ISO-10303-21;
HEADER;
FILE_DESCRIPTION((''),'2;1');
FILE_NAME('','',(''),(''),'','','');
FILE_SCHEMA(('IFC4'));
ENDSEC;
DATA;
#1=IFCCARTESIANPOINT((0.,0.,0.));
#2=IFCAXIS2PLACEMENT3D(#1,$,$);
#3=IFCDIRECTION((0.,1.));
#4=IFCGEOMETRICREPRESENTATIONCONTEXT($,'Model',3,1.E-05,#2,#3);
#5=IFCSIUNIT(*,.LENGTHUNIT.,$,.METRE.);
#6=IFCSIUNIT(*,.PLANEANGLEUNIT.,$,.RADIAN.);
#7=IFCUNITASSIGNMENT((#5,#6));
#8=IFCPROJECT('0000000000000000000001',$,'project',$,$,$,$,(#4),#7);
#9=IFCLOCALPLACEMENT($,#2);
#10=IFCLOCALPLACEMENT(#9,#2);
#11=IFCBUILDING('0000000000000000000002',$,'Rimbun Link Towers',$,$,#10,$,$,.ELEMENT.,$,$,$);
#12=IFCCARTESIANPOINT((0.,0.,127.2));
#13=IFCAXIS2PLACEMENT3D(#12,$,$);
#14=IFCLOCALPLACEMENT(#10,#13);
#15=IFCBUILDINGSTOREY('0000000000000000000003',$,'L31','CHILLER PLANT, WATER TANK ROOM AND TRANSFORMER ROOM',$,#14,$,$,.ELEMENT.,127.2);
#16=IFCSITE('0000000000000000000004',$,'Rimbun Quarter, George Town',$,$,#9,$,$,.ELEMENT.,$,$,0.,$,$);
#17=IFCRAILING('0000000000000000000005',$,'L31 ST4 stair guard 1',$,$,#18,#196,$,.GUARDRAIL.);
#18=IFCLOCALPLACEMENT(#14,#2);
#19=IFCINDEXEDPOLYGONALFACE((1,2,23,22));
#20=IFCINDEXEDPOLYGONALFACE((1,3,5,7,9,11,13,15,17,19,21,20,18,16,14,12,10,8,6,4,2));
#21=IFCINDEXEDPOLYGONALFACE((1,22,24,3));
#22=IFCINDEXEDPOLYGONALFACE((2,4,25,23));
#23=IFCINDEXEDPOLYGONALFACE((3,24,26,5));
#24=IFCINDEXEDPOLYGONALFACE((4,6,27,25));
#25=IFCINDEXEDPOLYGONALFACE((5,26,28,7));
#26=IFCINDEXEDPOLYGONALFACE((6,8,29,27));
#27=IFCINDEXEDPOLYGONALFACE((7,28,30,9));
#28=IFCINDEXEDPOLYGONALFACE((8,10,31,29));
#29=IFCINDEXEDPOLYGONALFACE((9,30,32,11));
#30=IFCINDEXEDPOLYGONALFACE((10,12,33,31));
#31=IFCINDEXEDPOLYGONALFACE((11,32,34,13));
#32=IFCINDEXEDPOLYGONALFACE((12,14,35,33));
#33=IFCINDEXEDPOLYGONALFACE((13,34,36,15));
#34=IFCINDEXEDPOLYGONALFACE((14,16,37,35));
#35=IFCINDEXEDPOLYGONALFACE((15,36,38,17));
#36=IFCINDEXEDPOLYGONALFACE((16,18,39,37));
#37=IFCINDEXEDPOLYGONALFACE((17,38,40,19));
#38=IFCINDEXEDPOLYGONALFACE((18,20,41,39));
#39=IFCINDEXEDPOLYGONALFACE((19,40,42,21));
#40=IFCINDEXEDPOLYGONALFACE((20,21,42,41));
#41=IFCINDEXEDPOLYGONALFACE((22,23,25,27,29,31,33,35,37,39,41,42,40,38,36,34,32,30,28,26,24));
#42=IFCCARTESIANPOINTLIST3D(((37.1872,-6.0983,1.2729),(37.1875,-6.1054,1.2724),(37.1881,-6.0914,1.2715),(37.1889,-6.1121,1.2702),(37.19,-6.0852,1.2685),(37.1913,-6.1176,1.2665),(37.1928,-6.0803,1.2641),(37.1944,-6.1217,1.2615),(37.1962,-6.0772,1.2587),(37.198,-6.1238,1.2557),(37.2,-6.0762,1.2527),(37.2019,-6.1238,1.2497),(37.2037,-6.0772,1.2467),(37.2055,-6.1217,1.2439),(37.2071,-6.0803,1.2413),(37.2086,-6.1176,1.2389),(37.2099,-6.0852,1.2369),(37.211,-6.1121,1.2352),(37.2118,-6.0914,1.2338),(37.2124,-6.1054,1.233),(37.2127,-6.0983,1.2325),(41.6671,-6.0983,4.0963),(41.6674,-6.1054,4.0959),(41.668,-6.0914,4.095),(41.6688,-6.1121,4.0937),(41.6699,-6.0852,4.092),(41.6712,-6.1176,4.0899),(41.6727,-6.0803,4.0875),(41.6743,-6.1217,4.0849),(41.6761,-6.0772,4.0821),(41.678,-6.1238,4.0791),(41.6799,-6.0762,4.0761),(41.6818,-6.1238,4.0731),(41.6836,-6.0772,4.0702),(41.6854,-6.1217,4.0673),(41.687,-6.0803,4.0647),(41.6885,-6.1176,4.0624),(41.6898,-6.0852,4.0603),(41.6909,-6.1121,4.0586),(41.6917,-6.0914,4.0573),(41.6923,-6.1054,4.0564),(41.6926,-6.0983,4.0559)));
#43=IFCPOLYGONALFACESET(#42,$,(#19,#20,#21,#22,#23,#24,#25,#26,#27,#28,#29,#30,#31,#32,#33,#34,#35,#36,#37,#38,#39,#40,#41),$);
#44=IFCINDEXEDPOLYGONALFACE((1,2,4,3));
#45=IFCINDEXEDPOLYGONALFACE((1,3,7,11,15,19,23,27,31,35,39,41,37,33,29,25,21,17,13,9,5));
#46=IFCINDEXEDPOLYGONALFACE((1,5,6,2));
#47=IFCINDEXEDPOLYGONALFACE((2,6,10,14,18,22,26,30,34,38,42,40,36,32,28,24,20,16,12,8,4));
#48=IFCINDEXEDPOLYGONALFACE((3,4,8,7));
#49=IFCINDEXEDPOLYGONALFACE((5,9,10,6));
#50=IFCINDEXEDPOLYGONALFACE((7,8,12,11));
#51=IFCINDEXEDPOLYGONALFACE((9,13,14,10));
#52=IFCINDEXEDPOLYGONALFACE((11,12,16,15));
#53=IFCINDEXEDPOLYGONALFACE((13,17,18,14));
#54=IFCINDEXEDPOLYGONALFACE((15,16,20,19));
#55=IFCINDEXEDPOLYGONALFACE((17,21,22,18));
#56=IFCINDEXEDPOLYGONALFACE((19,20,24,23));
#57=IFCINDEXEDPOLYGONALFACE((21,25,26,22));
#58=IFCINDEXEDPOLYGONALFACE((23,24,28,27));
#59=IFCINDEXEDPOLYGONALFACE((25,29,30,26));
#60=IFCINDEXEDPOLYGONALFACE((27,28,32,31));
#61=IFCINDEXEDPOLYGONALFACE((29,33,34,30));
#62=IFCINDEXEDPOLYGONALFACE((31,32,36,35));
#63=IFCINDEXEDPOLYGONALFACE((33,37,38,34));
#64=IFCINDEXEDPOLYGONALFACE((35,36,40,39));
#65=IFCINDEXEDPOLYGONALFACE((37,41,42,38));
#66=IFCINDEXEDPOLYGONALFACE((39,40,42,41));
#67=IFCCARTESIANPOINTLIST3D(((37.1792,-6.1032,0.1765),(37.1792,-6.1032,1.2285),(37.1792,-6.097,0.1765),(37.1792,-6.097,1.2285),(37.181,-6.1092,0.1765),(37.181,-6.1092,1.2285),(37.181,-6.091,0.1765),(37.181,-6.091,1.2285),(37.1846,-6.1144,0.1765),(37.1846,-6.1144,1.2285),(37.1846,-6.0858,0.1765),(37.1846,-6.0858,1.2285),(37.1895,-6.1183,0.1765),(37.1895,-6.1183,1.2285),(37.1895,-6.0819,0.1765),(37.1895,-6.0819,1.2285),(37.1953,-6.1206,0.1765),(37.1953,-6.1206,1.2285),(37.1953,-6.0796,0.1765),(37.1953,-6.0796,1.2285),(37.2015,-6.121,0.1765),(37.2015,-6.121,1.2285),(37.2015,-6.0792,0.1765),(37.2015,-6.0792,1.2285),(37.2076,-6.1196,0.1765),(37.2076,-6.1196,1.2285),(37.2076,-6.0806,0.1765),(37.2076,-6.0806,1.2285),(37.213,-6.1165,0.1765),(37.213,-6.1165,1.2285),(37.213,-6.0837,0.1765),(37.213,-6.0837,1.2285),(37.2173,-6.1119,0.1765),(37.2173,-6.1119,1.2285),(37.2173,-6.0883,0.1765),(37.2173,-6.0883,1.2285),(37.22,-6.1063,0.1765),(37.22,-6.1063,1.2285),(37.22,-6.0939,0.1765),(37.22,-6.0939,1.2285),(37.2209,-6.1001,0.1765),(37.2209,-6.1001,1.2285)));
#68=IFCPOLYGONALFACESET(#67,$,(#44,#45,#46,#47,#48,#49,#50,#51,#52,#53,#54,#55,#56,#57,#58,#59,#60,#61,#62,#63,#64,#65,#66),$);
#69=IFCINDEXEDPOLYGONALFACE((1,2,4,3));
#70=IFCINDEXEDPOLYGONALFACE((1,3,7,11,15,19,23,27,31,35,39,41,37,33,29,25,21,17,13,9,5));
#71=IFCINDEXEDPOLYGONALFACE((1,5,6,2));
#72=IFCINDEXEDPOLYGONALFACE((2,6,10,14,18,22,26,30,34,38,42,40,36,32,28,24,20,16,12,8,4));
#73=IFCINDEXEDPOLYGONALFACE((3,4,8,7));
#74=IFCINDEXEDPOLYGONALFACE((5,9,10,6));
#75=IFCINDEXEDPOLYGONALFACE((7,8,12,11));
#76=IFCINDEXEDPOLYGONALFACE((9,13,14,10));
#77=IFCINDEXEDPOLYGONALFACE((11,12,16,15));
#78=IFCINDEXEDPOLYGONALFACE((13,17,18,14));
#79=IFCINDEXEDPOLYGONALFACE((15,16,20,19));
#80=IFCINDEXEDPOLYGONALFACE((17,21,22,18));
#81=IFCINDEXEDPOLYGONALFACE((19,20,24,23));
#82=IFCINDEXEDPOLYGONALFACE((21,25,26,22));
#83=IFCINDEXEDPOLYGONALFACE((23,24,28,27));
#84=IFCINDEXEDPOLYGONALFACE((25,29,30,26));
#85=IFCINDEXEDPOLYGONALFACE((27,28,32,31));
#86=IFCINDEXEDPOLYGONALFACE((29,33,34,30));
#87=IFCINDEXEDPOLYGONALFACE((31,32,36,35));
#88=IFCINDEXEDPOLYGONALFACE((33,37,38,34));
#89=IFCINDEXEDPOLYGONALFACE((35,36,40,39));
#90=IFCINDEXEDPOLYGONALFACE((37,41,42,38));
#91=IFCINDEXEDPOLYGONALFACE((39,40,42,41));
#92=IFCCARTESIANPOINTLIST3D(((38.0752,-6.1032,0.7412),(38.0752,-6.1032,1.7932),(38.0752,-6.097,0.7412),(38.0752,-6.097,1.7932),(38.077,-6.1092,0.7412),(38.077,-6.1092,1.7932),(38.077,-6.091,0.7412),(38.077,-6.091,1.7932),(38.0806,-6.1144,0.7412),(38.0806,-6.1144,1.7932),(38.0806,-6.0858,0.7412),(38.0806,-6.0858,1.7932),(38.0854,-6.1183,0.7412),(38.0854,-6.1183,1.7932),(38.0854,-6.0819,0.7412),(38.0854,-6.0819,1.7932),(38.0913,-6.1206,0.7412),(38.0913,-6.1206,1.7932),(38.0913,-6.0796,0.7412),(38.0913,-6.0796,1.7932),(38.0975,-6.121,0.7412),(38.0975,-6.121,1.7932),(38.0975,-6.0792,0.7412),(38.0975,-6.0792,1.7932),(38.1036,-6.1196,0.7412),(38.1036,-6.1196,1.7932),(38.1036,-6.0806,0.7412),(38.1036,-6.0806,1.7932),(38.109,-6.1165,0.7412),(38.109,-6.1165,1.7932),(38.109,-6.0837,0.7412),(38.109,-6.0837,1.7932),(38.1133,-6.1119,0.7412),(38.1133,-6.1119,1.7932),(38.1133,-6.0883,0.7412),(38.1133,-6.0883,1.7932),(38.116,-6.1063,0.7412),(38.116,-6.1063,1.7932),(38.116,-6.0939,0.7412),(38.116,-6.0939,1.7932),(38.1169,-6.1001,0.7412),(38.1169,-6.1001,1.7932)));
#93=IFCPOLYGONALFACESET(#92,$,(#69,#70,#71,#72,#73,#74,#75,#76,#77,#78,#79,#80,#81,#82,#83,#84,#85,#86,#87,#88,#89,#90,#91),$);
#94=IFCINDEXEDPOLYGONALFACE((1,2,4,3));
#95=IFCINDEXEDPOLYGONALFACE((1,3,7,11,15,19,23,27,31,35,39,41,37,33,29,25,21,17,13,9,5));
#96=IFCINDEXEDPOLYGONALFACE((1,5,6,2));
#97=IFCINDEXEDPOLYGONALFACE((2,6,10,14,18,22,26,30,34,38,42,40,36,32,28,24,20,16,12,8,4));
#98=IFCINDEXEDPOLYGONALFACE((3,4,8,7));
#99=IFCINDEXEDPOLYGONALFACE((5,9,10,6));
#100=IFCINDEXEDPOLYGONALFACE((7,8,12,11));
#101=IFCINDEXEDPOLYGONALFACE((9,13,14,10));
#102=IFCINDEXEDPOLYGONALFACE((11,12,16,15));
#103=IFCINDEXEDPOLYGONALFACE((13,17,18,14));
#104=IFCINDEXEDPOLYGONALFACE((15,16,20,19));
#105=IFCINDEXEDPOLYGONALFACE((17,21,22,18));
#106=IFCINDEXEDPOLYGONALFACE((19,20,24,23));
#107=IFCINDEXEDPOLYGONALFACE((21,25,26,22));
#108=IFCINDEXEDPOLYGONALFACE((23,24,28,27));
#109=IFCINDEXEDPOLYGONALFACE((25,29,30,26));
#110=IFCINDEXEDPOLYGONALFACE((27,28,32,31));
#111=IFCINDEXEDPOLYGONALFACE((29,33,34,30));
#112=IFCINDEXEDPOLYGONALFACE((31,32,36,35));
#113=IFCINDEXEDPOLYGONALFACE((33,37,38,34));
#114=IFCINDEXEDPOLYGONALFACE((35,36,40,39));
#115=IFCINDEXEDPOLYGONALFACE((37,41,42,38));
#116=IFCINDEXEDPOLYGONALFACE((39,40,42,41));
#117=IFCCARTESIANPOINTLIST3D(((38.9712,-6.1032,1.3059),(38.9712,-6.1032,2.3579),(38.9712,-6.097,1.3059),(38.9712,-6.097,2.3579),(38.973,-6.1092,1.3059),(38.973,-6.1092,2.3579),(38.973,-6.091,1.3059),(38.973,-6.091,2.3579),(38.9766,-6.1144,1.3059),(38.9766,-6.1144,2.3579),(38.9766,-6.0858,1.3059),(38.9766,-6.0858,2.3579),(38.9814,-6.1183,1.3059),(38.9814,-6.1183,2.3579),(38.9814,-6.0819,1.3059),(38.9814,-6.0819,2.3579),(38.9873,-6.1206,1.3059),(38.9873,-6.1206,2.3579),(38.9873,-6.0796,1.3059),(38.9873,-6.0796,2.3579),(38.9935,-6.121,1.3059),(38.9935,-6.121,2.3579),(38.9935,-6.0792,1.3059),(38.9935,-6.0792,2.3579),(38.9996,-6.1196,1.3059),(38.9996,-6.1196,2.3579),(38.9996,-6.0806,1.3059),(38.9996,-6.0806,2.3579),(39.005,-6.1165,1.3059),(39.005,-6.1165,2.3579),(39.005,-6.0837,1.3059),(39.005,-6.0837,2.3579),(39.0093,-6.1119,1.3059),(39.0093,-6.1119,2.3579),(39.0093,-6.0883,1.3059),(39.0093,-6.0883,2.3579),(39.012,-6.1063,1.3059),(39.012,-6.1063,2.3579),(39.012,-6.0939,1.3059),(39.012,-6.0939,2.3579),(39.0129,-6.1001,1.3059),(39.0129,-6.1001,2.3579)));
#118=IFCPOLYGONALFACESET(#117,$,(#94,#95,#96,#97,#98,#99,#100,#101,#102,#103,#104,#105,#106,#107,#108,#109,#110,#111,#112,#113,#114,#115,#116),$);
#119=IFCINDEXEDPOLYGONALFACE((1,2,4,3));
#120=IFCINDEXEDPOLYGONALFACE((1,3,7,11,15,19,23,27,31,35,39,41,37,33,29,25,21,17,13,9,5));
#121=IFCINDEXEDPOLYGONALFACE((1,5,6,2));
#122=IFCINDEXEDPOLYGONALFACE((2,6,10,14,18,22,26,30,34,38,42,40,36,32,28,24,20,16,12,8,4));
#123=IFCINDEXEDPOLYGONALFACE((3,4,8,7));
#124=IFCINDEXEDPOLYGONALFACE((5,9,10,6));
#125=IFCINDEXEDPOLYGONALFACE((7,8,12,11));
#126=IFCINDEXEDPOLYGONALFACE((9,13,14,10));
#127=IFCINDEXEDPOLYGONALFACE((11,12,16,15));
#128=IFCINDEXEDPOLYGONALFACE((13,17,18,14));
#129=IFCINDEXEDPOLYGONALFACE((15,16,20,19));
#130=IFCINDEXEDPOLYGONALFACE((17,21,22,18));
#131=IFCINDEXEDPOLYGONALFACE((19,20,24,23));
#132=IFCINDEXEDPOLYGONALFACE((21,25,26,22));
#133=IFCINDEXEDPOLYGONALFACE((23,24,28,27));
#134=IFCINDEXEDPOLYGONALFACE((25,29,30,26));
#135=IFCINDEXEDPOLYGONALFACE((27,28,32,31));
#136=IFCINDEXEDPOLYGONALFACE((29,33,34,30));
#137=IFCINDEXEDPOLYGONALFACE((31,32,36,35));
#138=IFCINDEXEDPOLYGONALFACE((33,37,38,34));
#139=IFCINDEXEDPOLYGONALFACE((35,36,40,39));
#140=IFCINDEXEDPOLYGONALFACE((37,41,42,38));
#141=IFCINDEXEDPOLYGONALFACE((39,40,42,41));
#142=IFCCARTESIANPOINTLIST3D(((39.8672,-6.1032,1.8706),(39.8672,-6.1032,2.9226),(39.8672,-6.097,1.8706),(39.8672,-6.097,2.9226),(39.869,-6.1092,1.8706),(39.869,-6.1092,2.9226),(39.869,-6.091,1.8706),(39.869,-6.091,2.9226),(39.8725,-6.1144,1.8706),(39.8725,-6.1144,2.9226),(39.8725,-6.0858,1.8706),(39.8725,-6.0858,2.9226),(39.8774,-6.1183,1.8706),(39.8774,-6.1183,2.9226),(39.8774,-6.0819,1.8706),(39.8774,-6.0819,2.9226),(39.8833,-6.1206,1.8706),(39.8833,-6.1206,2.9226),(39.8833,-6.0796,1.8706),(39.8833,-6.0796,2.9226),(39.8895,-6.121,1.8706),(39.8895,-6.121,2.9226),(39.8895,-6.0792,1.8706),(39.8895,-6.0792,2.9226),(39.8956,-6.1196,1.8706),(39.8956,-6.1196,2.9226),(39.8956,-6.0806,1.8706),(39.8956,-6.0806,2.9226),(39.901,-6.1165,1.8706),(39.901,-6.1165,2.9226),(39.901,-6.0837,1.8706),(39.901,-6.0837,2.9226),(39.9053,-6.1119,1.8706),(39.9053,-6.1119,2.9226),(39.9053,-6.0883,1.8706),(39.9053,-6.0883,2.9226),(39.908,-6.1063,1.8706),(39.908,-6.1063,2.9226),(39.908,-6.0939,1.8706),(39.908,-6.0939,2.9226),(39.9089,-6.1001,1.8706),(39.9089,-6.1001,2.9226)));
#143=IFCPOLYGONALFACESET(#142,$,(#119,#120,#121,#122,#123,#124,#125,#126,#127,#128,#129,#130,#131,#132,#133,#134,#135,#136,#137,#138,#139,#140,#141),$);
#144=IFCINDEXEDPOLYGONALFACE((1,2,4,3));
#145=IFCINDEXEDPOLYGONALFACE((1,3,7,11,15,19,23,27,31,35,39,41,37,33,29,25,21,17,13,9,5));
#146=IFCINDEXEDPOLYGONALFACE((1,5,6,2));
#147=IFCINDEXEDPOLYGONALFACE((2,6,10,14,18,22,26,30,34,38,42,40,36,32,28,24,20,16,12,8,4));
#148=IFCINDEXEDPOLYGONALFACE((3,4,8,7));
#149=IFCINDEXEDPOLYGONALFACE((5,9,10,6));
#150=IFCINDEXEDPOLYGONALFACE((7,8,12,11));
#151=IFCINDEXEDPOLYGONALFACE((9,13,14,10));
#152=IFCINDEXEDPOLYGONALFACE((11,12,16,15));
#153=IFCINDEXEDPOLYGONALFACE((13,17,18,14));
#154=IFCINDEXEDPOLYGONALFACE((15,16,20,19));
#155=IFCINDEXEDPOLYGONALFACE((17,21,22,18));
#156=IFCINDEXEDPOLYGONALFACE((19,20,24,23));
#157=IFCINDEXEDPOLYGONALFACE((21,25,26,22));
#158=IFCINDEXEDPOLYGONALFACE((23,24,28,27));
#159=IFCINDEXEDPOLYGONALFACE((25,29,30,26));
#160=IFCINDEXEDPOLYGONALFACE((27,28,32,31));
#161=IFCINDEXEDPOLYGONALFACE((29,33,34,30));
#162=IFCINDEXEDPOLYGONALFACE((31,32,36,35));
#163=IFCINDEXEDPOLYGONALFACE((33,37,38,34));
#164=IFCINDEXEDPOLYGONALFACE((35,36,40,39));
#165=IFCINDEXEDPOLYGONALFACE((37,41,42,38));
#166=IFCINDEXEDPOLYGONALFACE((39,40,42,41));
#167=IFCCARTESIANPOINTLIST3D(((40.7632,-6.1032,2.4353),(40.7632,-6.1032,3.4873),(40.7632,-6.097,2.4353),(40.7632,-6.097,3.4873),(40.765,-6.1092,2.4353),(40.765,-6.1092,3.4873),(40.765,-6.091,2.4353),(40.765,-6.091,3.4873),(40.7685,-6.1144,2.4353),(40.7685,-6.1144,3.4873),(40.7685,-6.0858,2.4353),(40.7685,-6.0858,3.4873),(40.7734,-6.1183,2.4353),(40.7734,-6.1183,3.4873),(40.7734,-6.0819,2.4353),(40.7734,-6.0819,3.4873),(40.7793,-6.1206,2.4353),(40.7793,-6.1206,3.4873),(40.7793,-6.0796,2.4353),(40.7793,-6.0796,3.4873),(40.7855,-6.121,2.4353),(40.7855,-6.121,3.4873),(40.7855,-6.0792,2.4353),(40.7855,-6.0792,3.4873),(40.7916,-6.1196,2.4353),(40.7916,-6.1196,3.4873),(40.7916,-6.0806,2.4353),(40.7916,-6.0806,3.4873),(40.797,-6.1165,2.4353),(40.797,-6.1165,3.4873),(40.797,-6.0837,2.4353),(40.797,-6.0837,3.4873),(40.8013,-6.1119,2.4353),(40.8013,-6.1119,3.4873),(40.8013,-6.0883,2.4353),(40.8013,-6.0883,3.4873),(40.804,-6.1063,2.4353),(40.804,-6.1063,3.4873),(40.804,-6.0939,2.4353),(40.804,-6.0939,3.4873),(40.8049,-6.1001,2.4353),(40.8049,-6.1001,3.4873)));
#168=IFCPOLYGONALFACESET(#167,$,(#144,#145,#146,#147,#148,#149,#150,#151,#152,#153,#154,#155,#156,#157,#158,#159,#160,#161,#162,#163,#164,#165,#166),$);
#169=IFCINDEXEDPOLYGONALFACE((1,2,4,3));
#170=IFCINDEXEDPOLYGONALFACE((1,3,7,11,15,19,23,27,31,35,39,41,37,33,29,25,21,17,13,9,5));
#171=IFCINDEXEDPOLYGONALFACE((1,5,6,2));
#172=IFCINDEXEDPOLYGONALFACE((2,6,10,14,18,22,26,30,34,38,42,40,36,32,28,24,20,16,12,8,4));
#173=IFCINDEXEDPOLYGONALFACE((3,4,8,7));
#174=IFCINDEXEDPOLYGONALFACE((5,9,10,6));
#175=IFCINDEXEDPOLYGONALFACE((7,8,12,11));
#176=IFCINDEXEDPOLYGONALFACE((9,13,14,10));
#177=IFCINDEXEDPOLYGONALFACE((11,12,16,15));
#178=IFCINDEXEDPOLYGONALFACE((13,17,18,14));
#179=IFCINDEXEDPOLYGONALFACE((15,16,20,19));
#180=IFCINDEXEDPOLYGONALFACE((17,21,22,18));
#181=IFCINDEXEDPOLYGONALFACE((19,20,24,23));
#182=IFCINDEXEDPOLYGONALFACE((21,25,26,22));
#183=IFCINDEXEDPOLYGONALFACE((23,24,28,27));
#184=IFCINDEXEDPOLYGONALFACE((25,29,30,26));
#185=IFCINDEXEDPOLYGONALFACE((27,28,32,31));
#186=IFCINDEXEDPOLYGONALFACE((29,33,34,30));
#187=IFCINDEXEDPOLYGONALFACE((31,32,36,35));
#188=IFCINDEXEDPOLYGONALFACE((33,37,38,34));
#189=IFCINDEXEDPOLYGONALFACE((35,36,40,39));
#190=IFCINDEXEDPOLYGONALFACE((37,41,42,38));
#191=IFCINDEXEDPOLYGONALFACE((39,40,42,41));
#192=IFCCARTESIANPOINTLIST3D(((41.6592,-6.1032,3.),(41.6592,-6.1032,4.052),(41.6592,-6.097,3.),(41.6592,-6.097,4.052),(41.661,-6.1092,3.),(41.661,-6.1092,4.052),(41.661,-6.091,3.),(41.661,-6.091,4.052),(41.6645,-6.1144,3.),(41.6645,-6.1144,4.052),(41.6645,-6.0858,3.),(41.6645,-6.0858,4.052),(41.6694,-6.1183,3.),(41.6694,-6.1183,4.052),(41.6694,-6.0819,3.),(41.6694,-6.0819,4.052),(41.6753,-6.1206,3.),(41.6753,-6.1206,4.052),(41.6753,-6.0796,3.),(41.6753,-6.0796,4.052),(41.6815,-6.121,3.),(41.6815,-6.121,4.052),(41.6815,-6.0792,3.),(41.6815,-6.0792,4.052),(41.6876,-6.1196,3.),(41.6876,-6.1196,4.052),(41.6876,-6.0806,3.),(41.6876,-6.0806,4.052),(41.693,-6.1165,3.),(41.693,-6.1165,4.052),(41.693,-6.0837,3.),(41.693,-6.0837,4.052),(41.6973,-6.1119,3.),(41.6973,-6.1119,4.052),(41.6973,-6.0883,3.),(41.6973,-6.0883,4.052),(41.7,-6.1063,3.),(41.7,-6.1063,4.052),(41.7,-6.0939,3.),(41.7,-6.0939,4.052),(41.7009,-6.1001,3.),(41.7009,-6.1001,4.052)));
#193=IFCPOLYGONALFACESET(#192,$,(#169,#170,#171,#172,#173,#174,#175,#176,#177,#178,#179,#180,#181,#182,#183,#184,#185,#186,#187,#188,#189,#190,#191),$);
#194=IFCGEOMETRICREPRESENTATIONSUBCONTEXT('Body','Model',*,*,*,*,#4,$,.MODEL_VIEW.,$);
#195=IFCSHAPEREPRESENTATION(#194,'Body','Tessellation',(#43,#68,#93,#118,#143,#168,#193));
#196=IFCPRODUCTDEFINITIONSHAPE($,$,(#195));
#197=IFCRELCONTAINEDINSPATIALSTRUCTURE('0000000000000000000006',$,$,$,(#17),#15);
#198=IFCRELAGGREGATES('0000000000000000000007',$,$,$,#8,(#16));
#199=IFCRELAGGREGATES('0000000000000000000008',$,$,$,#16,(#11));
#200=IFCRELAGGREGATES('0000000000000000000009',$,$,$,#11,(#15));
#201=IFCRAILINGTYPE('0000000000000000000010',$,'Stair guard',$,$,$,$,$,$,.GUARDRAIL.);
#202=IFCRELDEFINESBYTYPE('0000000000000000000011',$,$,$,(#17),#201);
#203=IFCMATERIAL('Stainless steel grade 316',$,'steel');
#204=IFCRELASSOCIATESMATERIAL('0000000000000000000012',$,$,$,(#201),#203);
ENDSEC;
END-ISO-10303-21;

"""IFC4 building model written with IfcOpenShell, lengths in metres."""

from ifc_helpers import new_model, si_unit, direction, frame, origin, origin_2d, place, context, subcontext, project, spatial, circle, extrude, material, type_object, element, save


model = new_model("IFC4")

# Units and contexts
model_context = context("Model", 3, precision=1e-05, world=origin(), true_north=direction((0.0, 1.0)))
body_context = subcontext(model_context, "Body", "Model", "MODEL_VIEW")
ifc_project = project(units=[si_unit("LENGTHUNIT", "METRE"), si_unit("PLANEANGLEUNIT", "RADIAN")], contexts=[model_context])

# Site, building, storey
site_placement = place(None, origin())
site = spatial("IfcSite", under=ifc_project, at=site_placement, Name="Rimbun Quarter, George Town", CompositionType="ELEMENT", RefElevation=0.0)
building_placement = place(site_placement, origin())
building = spatial("IfcBuilding", under=site, at=building_placement, Name="Rimbun Link Towers", CompositionType="ELEMENT")
storey_placement = place(building_placement, frame((0.0, 0.0, 127.2)))
storey = spatial("IfcBuildingStorey", under=building, at=storey_placement, Name="L31", Description="CHILLER PLANT, WATER TANK ROOM AND TRANSFORMER ROOM", CompositionType="ELEMENT", Elevation=127.2)

# Railing
ifc_material_1 = material(Name="Stainless steel grade 316", Category="steel")
railing_type_1 = type_object("IfcRailingType", Name="Stair guard", PredefinedType="GUARDRAIL", material=ifc_material_1)
railing_1_placement = place(storey_placement, frame((37.2, -6.1001, 0.1765)))
element("IfcRailing", 1, at=railing_1_placement, inside=storey, type_object=railing_type_1, Name="L31 ST4 stair guard 1", PredefinedType="GUARDRAIL", context=body_context, shape_type="SweptSolid", body=[
    extrude(circle(Radius=0.0239, at=origin_2d()), frame((0.0, 0.0, 1.0762), z_axis=(0.845998, 0.0, 0.533186), x_axis=(0.0, 1.0, 0.0)), (0.0, 0.0, 1.0), 5.2954),
    extrude(circle(Radius=0.021, at=origin_2d()), origin(), (0.0, 0.0, 1.0), 1.052),
    extrude(circle(Radius=0.021, at=origin_2d()), frame((0.896, 0.0, 0.5647)), (0.0, 0.0, 1.0), 1.052),
    extrude(circle(Radius=0.021, at=origin_2d()), frame((1.792, 0.0, 1.1294)), (0.0, 0.0, 1.0), 1.052),
    extrude(circle(Radius=0.021, at=origin_2d()), frame((2.688, 0.0, 1.6941)), (0.0, 0.0, 1.0), 1.052),
    extrude(circle(Radius=0.021, at=origin_2d()), frame((3.584, 0.0, 2.2588)), (0.0, 0.0, 1.0), 1.052),
    extrude(circle(Radius=0.021, at=origin_2d()), frame((4.48, 0.0, 2.8235)), (0.0, 0.0, 1.0), 1.052),
])

save(model, "model.ifc")
